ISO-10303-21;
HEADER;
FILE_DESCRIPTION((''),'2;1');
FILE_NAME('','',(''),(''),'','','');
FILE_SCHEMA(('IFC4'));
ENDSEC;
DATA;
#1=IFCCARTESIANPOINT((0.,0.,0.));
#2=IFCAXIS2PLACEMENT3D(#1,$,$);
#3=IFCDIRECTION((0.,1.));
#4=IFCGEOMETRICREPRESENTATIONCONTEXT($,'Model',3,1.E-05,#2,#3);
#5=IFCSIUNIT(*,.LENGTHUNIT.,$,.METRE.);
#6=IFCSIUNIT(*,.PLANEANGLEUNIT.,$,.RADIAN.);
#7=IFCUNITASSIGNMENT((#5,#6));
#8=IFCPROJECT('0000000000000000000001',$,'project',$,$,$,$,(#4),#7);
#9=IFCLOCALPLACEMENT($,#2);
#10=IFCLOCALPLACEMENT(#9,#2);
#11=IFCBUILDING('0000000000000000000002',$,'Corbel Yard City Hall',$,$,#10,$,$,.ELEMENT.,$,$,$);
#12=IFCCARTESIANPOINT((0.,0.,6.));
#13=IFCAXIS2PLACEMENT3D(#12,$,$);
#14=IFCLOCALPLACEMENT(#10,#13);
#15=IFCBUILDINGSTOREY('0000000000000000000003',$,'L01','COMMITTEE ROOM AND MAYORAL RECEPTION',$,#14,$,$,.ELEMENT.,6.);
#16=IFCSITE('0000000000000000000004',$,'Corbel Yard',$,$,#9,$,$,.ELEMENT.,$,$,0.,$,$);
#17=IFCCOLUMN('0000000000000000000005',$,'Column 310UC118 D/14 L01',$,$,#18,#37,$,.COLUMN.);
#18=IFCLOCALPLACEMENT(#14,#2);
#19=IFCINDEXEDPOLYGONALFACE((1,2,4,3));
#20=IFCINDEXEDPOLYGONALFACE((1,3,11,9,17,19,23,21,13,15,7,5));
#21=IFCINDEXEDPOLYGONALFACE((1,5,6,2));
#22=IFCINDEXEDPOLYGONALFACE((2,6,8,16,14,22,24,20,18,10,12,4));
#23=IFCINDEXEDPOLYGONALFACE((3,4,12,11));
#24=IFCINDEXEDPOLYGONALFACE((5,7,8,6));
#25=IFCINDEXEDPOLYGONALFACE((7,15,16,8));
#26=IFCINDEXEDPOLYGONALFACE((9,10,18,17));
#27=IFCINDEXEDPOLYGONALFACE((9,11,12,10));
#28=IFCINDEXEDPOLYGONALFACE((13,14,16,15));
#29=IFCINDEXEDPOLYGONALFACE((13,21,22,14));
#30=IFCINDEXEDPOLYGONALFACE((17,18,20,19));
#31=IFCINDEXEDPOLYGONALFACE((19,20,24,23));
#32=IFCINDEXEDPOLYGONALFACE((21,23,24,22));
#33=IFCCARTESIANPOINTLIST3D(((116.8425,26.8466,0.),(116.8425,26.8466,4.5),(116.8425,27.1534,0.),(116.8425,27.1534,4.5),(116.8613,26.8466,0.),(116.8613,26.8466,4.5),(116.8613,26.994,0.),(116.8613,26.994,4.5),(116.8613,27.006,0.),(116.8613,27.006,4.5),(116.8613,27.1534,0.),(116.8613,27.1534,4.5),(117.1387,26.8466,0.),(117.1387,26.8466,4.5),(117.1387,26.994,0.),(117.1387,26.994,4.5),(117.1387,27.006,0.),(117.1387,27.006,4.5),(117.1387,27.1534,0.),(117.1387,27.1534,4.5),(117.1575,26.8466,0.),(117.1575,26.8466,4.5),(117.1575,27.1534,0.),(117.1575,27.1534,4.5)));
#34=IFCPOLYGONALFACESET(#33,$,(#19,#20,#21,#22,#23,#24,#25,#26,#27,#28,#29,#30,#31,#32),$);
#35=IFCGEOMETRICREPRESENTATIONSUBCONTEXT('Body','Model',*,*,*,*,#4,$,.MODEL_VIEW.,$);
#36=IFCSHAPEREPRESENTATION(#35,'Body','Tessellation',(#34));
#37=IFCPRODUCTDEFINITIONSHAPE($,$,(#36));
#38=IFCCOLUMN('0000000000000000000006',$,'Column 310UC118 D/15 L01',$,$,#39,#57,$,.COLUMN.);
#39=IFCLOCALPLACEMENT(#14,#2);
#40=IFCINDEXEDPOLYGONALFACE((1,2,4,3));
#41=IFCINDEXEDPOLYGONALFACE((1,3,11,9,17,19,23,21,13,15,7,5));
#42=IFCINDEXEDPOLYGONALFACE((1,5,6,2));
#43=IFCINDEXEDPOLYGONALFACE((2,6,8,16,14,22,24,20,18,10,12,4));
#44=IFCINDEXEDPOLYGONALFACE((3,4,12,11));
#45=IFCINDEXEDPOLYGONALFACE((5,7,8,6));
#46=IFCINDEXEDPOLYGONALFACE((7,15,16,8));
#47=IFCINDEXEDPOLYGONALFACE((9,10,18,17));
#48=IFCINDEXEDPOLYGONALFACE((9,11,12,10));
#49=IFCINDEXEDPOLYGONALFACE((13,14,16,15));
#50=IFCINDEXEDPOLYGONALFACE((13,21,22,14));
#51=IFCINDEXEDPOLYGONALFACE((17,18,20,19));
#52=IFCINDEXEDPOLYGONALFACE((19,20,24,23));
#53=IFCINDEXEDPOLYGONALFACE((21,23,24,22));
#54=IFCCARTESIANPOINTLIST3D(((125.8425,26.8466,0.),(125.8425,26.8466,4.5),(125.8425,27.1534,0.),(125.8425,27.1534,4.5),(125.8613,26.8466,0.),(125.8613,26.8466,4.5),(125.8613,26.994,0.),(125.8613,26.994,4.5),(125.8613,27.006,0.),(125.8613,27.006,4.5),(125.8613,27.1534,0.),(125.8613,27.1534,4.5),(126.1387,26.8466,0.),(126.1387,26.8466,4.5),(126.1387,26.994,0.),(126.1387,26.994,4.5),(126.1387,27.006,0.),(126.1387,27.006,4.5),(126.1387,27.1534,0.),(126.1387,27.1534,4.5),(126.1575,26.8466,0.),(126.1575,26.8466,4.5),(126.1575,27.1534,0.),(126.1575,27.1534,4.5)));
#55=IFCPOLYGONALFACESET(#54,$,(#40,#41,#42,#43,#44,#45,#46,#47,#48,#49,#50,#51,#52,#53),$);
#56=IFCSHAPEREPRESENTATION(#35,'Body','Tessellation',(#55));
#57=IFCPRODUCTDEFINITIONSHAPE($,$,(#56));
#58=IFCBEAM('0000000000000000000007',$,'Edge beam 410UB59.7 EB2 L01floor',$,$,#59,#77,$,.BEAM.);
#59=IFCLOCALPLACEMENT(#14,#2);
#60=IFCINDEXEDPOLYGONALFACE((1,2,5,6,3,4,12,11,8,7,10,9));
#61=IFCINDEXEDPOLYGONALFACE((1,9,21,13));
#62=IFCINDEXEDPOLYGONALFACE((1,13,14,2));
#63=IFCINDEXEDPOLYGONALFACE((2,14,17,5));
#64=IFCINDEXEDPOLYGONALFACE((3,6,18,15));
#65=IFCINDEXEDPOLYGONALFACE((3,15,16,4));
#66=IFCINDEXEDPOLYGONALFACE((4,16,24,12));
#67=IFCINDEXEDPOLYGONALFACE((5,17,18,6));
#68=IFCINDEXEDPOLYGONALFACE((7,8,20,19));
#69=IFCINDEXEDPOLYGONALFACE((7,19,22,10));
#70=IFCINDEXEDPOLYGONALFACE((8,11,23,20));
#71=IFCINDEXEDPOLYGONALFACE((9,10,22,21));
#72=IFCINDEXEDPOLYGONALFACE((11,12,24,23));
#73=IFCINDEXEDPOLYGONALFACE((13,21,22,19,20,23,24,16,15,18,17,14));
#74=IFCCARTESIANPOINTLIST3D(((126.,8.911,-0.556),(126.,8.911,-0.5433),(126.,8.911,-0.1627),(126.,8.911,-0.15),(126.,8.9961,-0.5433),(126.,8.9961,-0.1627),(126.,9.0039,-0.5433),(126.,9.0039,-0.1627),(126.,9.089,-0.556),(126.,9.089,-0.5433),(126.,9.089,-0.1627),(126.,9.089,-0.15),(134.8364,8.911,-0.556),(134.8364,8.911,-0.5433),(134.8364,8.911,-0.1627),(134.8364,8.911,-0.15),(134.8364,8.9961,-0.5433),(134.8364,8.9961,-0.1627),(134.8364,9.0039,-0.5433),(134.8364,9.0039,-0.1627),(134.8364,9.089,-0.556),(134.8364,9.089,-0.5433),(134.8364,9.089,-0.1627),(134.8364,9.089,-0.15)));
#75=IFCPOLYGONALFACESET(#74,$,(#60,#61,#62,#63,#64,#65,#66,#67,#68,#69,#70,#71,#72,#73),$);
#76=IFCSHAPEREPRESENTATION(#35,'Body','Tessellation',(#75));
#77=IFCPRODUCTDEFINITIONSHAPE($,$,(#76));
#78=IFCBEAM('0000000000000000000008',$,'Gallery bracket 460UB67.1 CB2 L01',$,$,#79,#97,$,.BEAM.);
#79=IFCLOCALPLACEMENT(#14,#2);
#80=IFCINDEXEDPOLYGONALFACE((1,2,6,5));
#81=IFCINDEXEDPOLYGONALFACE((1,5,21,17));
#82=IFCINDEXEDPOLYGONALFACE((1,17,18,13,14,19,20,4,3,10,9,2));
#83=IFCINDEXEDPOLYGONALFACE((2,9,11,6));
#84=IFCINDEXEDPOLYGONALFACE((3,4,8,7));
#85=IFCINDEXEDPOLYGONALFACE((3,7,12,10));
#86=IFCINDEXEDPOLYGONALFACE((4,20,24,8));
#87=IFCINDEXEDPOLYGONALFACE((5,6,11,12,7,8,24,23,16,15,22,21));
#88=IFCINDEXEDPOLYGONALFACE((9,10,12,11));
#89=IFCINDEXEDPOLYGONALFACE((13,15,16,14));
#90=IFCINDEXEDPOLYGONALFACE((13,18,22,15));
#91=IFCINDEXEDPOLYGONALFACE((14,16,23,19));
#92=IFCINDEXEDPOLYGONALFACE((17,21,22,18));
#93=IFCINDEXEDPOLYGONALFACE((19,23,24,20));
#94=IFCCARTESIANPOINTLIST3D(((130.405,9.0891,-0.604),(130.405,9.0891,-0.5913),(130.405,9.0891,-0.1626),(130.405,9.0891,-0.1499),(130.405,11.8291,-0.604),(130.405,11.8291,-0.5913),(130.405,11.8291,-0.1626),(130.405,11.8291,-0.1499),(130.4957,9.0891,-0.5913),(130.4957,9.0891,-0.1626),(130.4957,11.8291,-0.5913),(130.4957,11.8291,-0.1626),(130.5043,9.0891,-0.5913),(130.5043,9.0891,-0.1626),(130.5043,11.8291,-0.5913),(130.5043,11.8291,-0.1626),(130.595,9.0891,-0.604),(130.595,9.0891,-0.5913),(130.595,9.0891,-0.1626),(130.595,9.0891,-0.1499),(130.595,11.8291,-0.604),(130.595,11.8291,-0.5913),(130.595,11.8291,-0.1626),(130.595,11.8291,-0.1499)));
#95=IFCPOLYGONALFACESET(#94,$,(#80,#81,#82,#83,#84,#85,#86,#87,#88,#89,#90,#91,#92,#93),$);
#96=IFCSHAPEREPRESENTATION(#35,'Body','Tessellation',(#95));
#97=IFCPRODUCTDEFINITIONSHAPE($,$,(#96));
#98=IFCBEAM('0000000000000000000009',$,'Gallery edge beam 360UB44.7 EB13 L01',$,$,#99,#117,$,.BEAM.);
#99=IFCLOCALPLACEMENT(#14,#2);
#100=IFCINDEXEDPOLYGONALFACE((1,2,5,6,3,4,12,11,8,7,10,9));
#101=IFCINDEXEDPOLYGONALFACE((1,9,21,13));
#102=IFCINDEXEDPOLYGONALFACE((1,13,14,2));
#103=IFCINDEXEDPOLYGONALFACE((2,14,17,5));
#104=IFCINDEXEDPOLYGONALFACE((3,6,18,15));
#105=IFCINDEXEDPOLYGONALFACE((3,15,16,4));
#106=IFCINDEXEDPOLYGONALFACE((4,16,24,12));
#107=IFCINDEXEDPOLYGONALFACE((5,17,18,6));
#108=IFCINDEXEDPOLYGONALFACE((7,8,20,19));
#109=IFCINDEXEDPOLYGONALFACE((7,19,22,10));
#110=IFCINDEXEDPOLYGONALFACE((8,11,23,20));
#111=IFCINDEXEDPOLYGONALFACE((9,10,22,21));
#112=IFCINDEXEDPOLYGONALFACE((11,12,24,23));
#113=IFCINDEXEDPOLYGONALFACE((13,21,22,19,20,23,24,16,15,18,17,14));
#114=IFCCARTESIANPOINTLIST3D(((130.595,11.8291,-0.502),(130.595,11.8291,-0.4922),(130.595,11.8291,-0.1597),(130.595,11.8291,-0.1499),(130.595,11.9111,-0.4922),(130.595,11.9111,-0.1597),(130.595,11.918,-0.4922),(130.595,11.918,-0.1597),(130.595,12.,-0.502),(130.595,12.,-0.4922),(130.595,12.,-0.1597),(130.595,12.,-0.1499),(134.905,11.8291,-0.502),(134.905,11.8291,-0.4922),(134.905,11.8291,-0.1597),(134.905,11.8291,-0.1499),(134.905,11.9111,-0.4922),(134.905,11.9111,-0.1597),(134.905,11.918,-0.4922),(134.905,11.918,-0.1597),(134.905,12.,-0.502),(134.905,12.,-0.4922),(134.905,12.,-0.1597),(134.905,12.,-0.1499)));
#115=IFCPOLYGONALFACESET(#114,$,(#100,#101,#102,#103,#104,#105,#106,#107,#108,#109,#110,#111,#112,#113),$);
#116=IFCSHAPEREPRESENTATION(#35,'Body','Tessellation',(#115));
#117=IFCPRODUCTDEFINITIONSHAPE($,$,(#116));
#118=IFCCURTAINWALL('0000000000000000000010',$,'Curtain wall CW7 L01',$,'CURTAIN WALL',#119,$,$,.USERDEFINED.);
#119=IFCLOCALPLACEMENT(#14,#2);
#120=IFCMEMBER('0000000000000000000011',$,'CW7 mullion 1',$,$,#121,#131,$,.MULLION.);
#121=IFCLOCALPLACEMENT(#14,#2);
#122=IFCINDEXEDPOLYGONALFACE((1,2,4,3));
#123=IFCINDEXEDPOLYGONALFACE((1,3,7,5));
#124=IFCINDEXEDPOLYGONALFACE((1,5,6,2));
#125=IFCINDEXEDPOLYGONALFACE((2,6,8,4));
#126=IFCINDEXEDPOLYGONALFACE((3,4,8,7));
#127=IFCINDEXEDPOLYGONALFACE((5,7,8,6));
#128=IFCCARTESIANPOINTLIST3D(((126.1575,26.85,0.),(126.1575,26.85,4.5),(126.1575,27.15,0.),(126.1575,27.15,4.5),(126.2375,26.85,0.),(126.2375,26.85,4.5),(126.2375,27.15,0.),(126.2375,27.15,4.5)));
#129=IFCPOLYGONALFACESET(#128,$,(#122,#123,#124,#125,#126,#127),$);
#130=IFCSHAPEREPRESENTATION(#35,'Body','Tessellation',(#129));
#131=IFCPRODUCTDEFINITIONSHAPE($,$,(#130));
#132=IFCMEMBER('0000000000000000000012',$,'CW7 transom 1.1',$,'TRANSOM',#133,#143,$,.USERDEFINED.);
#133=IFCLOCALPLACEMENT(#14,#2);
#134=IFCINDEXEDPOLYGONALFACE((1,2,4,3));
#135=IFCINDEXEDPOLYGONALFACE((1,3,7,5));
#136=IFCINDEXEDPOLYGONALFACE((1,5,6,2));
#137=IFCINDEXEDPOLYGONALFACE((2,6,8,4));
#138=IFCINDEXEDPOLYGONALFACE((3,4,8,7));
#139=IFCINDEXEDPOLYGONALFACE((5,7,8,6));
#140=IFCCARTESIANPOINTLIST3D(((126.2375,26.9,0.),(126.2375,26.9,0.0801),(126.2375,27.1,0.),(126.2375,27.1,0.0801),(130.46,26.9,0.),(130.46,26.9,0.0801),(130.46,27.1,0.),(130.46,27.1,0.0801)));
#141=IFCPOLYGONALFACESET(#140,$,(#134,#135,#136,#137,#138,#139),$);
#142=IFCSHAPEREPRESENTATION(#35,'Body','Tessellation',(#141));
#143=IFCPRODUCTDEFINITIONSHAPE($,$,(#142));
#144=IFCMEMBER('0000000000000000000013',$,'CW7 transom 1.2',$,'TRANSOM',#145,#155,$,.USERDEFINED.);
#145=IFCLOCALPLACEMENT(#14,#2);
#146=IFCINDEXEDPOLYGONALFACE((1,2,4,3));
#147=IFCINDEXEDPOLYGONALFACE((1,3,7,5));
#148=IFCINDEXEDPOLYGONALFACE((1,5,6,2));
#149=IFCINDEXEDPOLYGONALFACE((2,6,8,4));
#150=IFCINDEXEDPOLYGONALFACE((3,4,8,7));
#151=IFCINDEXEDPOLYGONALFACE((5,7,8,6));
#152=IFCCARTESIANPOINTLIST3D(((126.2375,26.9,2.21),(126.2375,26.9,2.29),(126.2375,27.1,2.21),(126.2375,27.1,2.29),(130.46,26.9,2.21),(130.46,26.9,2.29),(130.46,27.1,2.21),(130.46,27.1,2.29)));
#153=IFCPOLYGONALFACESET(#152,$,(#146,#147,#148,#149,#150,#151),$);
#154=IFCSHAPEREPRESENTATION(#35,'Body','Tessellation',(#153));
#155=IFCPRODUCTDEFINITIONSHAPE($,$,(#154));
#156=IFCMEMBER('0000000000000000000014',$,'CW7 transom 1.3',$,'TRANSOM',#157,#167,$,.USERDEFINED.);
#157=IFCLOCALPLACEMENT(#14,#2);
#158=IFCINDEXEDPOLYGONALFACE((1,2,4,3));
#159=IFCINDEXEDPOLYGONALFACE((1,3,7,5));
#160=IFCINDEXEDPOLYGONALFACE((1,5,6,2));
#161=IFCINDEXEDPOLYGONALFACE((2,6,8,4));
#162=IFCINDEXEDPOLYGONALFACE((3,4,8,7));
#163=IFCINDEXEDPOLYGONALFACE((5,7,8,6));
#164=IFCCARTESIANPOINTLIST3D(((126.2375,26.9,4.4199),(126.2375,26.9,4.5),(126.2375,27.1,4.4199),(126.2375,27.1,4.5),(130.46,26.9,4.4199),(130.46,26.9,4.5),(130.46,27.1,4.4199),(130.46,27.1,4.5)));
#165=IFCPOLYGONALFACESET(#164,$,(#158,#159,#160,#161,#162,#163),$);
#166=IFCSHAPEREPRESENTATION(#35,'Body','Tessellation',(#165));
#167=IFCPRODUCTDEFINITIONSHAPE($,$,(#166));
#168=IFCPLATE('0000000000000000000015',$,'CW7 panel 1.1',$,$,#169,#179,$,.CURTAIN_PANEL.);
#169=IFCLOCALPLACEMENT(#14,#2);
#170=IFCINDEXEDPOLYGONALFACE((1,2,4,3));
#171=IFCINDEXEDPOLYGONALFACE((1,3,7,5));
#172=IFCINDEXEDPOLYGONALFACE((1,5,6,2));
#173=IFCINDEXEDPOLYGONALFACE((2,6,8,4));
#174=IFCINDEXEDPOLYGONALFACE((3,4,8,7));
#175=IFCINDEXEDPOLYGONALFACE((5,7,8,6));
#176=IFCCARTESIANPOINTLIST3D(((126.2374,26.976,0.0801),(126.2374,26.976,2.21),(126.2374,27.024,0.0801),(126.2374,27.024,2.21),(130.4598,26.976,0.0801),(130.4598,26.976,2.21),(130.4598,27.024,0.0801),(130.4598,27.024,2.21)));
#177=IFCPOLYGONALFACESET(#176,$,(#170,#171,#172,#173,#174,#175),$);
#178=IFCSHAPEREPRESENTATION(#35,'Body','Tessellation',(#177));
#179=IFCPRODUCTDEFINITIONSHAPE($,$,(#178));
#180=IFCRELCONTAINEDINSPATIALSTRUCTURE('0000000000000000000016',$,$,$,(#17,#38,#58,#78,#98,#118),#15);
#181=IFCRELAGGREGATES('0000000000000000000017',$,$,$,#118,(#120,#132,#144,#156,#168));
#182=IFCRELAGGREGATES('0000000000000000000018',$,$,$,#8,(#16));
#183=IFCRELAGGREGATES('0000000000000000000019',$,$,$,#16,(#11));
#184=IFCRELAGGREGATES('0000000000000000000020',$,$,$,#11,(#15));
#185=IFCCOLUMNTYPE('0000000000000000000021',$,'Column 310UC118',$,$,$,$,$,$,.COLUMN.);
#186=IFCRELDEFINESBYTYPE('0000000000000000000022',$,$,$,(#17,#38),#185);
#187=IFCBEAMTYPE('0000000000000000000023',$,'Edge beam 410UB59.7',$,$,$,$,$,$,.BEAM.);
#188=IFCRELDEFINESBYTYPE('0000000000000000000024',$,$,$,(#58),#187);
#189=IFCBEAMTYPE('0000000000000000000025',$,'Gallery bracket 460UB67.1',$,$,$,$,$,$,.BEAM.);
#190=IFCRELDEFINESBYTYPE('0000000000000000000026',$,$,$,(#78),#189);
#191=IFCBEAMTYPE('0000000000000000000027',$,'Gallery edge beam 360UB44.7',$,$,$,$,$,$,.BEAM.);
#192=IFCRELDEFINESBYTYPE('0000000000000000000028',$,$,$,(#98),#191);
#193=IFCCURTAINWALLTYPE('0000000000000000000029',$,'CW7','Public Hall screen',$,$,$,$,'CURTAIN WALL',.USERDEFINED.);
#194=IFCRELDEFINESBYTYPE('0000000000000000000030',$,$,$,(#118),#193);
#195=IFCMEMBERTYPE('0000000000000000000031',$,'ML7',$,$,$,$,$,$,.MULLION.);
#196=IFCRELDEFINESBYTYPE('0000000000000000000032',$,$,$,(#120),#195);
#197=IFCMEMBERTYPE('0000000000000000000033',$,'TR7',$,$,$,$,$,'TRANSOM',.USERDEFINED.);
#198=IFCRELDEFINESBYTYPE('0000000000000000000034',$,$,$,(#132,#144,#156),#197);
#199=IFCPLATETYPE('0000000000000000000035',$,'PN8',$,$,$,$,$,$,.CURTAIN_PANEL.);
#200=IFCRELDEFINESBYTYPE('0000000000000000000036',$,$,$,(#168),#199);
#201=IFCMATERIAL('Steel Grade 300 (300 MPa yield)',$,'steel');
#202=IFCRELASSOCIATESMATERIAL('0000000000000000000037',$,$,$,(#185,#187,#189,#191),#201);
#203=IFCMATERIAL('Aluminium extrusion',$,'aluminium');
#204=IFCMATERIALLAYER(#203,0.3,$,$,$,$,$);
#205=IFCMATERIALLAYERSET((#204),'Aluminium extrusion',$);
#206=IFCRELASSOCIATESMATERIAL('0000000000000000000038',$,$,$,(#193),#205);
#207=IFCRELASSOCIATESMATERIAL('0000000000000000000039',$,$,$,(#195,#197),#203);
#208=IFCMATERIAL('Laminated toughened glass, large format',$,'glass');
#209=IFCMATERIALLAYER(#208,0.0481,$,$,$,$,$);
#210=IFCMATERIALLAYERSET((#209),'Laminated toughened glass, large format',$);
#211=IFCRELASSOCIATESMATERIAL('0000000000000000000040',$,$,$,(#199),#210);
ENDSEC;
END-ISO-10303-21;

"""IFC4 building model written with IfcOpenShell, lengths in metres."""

from ifc_helpers import new_model, si_unit, direction, frame, origin, origin_2d, place, context, subcontext, project, spatial, rectangle, i_section, extrude, material, layer, layer_set, material_profile, profile_set, type_object, element, aggregate, save


model = new_model("IFC4")

# Units and contexts
model_context = context("Model", 3, precision=1e-05, world=origin(), true_north=direction((0.0, 1.0)))
body_context = subcontext(model_context, "Body", "Model", "MODEL_VIEW")
ifc_project = project(units=[si_unit("LENGTHUNIT", "METRE"), si_unit("PLANEANGLEUNIT", "RADIAN")], contexts=[model_context])

# Site, building, storey
site_placement = place(None, origin())
site = spatial("IfcSite", under=ifc_project, at=site_placement, Name="Corbel Yard", CompositionType="ELEMENT", RefElevation=0.0)
building_placement = place(site_placement, origin())
building = spatial("IfcBuilding", under=site, at=building_placement, Name="Corbel Yard City Hall", CompositionType="ELEMENT")
storey_placement = place(building_placement, frame((0.0, 0.0, 6.0)))
storey = spatial("IfcBuildingStorey", under=building, at=storey_placement, Name="L01", Description="COMMITTEE ROOM AND MAYORAL RECEPTION", CompositionType="ELEMENT", Elevation=6.0)

# Columns
ifc_material_1 = material(Name="Steel Grade 300 (300 MPa yield)", Category="steel")
ifc_material_profile_1 = material_profile(ifc_material_1, i_section(OverallWidth=0.3069, OverallDepth=0.3149, WebThickness=0.012, FlangeThickness=0.0188, at=origin_2d()), Name="310UC118")
ifc_profile_set_1 = profile_set([ifc_material_profile_1], Name="Steel Grade 300 (300 MPa yield)")
column_type = type_object("IfcColumnType", Name="Column 310UC118", PredefinedType="COLUMN", material=ifc_profile_set_1)
for number, where, z_axis, x_axis, name in (
    (1, (117.0, 27.0, 0.0), (0.0, 0.0, 1.0), (0.0, 1.0, 0.0), "Column 310UC118 D/14 L01"),
    (2, (126.0, 27.0, 0.0), (0.0, 0.0, 1.0), (0.0, 1.0, 0.0), "Column 310UC118 D/15 L01"),
):
    element("IfcColumn", number, at=place(storey_placement, frame(where, z_axis=z_axis, x_axis=x_axis)), inside=storey, type_object=column_type, Name=name, PredefinedType="COLUMN", context=body_context, shape_type="SweptSolid", body=[
        extrude(i_section(OverallWidth=0.3069, OverallDepth=0.3149, WebThickness=0.012, FlangeThickness=0.0188, at=origin_2d()), origin(), (0.0, 0.0, 1.0), 4.5),
    ])

# Beams
ifc_material_profile_2 = material_profile(ifc_material_1, i_section(OverallWidth=0.178, OverallDepth=0.406, WebThickness=0.0078, FlangeThickness=0.0127, at=origin_2d()), Name="410UB59.7")
ifc_profile_set_2 = profile_set([ifc_material_profile_2], Name="Steel Grade 300 (300 MPa yield)")
beam_type_1 = type_object("IfcBeamType", Name="Edge beam 410UB59.7", PredefinedType="BEAM", material=ifc_profile_set_2)
beam_1_placement = place(storey_placement, frame((126.0, 9.0, -0.353), z_axis=(1.0, 0.0, 0.0), x_axis=(0.0, 1.0, 0.0)))
element("IfcBeam", 3, at=beam_1_placement, inside=storey, type_object=beam_type_1, Name="Edge beam 410UB59.7 EB2 L01floor", PredefinedType="BEAM", context=body_context, shape_type="SweptSolid", body=[
    extrude(i_section(OverallWidth=0.178, OverallDepth=0.406, WebThickness=0.0078, FlangeThickness=0.0127, at=origin_2d()), origin(), (0.0, 0.0, 1.0), 8.8364),
])
ifc_material_profile_3 = material_profile(ifc_material_1, i_section(OverallWidth=0.1899, OverallDepth=0.4541, WebThickness=0.0085, FlangeThickness=0.0127, at=origin_2d()), Name="460UB67.1")
ifc_profile_set_3 = profile_set([ifc_material_profile_3], Name="Steel Grade 300 (300 MPa yield)")
beam_type_2 = type_object("IfcBeamType", Name="Gallery bracket 460UB67.1", PredefinedType="BEAM", material=ifc_profile_set_3)
beam_2_placement = place(storey_placement, frame((130.5, 9.0891, -0.377), z_axis=(0.0, 1.0, 0.0), x_axis=(-1.0, 0.0, 0.0)))
element("IfcBeam", 4, at=beam_2_placement, inside=storey, type_object=beam_type_2, Name="Gallery bracket 460UB67.1 CB2 L01", PredefinedType="BEAM", context=body_context, shape_type="SweptSolid", body=[
    extrude(i_section(OverallWidth=0.1899, OverallDepth=0.4541, WebThickness=0.0085, FlangeThickness=0.0127, at=origin_2d()), origin(), (0.0, 0.0, 1.0), 2.74),
])
ifc_material_profile_4 = material_profile(ifc_material_1, i_section(OverallWidth=0.1709, OverallDepth=0.3521, WebThickness=0.0068, FlangeThickness=0.0098, at=origin_2d()), Name="360UB44.7")
ifc_profile_set_4 = profile_set([ifc_material_profile_4], Name="Steel Grade 300 (300 MPa yield)")
beam_type_3 = type_object("IfcBeamType", Name="Gallery edge beam 360UB44.7", PredefinedType="BEAM", material=ifc_profile_set_4)
beam_3_placement = place(storey_placement, frame((130.595, 11.9146, -0.3259), z_axis=(1.0, 0.0, 0.0), x_axis=(0.0, 1.0, 0.0)))
element("IfcBeam", 5, at=beam_3_placement, inside=storey, type_object=beam_type_3, Name="Gallery edge beam 360UB44.7 EB13 L01", PredefinedType="BEAM", context=body_context, shape_type="SweptSolid", body=[
    extrude(i_section(OverallWidth=0.1709, OverallDepth=0.3521, WebThickness=0.0068, FlangeThickness=0.0098, at=origin_2d()), origin(), (0.0, 0.0, 1.0), 4.3101),
])

# Curtain wall, members, plate
ifc_material_2 = material(Name="Aluminium extrusion", Category="aluminium")
ifc_layer_1 = layer(ifc_material_2, 0.3)
ifc_layer_set_1 = layer_set([ifc_layer_1], Name="Aluminium extrusion")
curtain_wall_type = type_object("IfcCurtainWallType", Name="CW7", Description="Public Hall screen", ElementType="CURTAIN WALL", PredefinedType="USERDEFINED", material=ifc_layer_set_1)
curtain_wall_placement = place(storey_placement, origin())
curtain_wall = element("IfcCurtainWall", 6, at=curtain_wall_placement, inside=storey, type_object=curtain_wall_type, Name="Curtain wall CW7 L01", ObjectType="CURTAIN WALL", PredefinedType="USERDEFINED")
ifc_material_profile_5 = material_profile(ifc_material_2, rectangle(XDim=0.3, YDim=0.0801, at=origin_2d()), Name="300x80")
ifc_profile_set_5 = profile_set([ifc_material_profile_5], Name="Aluminium extrusion")
member_type_1 = type_object("IfcMemberType", Name="ML7", PredefinedType="MULLION", material=ifc_profile_set_5)
member_1_placement = place(storey_placement, frame((126.1975, 27.0, 0.0), z_axis=(0.0, 0.0, 1.0), x_axis=(0.0, 1.0, 0.0)))
member_1 = element("IfcMember", 7, at=member_1_placement, type_object=member_type_1, Name="CW7 mullion 1", PredefinedType="MULLION", context=body_context, shape_type="SweptSolid", body=[
    extrude(rectangle(XDim=0.3, YDim=0.0801, at=origin_2d()), origin(), (0.0, 0.0, 1.0), 4.5),
])
ifc_material_profile_6 = material_profile(ifc_material_2, rectangle(XDim=0.2, YDim=0.0801, at=origin_2d()), Name="200x80")
ifc_profile_set_6 = profile_set([ifc_material_profile_6], Name="Aluminium extrusion")
member_type_2 = type_object("IfcMemberType", Name="TR7", ElementType="TRANSOM", PredefinedType="USERDEFINED", material=ifc_profile_set_6)
member_2_placement = place(storey_placement, frame((126.2375, 27.0, 0.04), z_axis=(1.0, 0.0, 0.0), x_axis=(0.0, 1.0, 0.0)))
member_2 = element("IfcMember", 8, at=member_2_placement, type_object=member_type_2, Name="CW7 transom 1.1", ObjectType="TRANSOM", PredefinedType="USERDEFINED", context=body_context, shape_type="SweptSolid", body=[
    extrude(rectangle(XDim=0.2, YDim=0.0801, at=origin_2d()), origin(), (0.0, 0.0, 1.0), 4.2224),
])
member_3_placement = place(storey_placement, frame((126.2375, 27.0, 2.25), z_axis=(1.0, 0.0, 0.0), x_axis=(0.0, 1.0, 0.0)))
member_3 = element("IfcMember", 9, at=member_3_placement, type_object=member_type_2, Name="CW7 transom 1.2", ObjectType="TRANSOM", PredefinedType="USERDEFINED", context=body_context, shape_type="SweptSolid", body=[
    extrude(rectangle(XDim=0.2, YDim=0.0801, at=origin_2d()), origin(), (0.0, 0.0, 1.0), 4.2224),
])
member_4_placement = place(storey_placement, frame((126.2375, 27.0, 4.46), z_axis=(1.0, 0.0, 0.0), x_axis=(0.0, 1.0, 0.0)))
member_4 = element("IfcMember", 10, at=member_4_placement, type_object=member_type_2, Name="CW7 transom 1.3", ObjectType="TRANSOM", PredefinedType="USERDEFINED", context=body_context, shape_type="SweptSolid", body=[
    extrude(rectangle(XDim=0.2, YDim=0.0801, at=origin_2d()), origin(), (0.0, 0.0, 1.0), 4.2224),
])
ifc_material_3 = material(Name="Laminated toughened glass, large format", Category="glass")
ifc_layer_2 = layer(ifc_material_3, 0.0481)
ifc_layer_set_2 = layer_set([ifc_layer_2], Name="Laminated toughened glass, large format")
plate_type = type_object("IfcPlateType", Name="PN8", PredefinedType="CURTAIN_PANEL", material=ifc_layer_set_2)
plate_placement = place(storey_placement, frame((128.3486, 27.0, 0.0801), z_axis=(0.0, 0.0, 1.0), x_axis=(1.0, 0.0, 0.0)))
plate = element("IfcPlate", 11, at=plate_placement, type_object=plate_type, Name="CW7 panel 1.1", PredefinedType="CURTAIN_PANEL", context=body_context, shape_type="SweptSolid", body=[
    extrude(rectangle(XDim=4.2224, YDim=0.0481, at=origin_2d()), origin(), (0.0, 0.0, 1.0), 2.1299),
])
aggregate(curtain_wall, [member_1, member_2, member_3, member_4, plate])

save(model, "model.ifc")
